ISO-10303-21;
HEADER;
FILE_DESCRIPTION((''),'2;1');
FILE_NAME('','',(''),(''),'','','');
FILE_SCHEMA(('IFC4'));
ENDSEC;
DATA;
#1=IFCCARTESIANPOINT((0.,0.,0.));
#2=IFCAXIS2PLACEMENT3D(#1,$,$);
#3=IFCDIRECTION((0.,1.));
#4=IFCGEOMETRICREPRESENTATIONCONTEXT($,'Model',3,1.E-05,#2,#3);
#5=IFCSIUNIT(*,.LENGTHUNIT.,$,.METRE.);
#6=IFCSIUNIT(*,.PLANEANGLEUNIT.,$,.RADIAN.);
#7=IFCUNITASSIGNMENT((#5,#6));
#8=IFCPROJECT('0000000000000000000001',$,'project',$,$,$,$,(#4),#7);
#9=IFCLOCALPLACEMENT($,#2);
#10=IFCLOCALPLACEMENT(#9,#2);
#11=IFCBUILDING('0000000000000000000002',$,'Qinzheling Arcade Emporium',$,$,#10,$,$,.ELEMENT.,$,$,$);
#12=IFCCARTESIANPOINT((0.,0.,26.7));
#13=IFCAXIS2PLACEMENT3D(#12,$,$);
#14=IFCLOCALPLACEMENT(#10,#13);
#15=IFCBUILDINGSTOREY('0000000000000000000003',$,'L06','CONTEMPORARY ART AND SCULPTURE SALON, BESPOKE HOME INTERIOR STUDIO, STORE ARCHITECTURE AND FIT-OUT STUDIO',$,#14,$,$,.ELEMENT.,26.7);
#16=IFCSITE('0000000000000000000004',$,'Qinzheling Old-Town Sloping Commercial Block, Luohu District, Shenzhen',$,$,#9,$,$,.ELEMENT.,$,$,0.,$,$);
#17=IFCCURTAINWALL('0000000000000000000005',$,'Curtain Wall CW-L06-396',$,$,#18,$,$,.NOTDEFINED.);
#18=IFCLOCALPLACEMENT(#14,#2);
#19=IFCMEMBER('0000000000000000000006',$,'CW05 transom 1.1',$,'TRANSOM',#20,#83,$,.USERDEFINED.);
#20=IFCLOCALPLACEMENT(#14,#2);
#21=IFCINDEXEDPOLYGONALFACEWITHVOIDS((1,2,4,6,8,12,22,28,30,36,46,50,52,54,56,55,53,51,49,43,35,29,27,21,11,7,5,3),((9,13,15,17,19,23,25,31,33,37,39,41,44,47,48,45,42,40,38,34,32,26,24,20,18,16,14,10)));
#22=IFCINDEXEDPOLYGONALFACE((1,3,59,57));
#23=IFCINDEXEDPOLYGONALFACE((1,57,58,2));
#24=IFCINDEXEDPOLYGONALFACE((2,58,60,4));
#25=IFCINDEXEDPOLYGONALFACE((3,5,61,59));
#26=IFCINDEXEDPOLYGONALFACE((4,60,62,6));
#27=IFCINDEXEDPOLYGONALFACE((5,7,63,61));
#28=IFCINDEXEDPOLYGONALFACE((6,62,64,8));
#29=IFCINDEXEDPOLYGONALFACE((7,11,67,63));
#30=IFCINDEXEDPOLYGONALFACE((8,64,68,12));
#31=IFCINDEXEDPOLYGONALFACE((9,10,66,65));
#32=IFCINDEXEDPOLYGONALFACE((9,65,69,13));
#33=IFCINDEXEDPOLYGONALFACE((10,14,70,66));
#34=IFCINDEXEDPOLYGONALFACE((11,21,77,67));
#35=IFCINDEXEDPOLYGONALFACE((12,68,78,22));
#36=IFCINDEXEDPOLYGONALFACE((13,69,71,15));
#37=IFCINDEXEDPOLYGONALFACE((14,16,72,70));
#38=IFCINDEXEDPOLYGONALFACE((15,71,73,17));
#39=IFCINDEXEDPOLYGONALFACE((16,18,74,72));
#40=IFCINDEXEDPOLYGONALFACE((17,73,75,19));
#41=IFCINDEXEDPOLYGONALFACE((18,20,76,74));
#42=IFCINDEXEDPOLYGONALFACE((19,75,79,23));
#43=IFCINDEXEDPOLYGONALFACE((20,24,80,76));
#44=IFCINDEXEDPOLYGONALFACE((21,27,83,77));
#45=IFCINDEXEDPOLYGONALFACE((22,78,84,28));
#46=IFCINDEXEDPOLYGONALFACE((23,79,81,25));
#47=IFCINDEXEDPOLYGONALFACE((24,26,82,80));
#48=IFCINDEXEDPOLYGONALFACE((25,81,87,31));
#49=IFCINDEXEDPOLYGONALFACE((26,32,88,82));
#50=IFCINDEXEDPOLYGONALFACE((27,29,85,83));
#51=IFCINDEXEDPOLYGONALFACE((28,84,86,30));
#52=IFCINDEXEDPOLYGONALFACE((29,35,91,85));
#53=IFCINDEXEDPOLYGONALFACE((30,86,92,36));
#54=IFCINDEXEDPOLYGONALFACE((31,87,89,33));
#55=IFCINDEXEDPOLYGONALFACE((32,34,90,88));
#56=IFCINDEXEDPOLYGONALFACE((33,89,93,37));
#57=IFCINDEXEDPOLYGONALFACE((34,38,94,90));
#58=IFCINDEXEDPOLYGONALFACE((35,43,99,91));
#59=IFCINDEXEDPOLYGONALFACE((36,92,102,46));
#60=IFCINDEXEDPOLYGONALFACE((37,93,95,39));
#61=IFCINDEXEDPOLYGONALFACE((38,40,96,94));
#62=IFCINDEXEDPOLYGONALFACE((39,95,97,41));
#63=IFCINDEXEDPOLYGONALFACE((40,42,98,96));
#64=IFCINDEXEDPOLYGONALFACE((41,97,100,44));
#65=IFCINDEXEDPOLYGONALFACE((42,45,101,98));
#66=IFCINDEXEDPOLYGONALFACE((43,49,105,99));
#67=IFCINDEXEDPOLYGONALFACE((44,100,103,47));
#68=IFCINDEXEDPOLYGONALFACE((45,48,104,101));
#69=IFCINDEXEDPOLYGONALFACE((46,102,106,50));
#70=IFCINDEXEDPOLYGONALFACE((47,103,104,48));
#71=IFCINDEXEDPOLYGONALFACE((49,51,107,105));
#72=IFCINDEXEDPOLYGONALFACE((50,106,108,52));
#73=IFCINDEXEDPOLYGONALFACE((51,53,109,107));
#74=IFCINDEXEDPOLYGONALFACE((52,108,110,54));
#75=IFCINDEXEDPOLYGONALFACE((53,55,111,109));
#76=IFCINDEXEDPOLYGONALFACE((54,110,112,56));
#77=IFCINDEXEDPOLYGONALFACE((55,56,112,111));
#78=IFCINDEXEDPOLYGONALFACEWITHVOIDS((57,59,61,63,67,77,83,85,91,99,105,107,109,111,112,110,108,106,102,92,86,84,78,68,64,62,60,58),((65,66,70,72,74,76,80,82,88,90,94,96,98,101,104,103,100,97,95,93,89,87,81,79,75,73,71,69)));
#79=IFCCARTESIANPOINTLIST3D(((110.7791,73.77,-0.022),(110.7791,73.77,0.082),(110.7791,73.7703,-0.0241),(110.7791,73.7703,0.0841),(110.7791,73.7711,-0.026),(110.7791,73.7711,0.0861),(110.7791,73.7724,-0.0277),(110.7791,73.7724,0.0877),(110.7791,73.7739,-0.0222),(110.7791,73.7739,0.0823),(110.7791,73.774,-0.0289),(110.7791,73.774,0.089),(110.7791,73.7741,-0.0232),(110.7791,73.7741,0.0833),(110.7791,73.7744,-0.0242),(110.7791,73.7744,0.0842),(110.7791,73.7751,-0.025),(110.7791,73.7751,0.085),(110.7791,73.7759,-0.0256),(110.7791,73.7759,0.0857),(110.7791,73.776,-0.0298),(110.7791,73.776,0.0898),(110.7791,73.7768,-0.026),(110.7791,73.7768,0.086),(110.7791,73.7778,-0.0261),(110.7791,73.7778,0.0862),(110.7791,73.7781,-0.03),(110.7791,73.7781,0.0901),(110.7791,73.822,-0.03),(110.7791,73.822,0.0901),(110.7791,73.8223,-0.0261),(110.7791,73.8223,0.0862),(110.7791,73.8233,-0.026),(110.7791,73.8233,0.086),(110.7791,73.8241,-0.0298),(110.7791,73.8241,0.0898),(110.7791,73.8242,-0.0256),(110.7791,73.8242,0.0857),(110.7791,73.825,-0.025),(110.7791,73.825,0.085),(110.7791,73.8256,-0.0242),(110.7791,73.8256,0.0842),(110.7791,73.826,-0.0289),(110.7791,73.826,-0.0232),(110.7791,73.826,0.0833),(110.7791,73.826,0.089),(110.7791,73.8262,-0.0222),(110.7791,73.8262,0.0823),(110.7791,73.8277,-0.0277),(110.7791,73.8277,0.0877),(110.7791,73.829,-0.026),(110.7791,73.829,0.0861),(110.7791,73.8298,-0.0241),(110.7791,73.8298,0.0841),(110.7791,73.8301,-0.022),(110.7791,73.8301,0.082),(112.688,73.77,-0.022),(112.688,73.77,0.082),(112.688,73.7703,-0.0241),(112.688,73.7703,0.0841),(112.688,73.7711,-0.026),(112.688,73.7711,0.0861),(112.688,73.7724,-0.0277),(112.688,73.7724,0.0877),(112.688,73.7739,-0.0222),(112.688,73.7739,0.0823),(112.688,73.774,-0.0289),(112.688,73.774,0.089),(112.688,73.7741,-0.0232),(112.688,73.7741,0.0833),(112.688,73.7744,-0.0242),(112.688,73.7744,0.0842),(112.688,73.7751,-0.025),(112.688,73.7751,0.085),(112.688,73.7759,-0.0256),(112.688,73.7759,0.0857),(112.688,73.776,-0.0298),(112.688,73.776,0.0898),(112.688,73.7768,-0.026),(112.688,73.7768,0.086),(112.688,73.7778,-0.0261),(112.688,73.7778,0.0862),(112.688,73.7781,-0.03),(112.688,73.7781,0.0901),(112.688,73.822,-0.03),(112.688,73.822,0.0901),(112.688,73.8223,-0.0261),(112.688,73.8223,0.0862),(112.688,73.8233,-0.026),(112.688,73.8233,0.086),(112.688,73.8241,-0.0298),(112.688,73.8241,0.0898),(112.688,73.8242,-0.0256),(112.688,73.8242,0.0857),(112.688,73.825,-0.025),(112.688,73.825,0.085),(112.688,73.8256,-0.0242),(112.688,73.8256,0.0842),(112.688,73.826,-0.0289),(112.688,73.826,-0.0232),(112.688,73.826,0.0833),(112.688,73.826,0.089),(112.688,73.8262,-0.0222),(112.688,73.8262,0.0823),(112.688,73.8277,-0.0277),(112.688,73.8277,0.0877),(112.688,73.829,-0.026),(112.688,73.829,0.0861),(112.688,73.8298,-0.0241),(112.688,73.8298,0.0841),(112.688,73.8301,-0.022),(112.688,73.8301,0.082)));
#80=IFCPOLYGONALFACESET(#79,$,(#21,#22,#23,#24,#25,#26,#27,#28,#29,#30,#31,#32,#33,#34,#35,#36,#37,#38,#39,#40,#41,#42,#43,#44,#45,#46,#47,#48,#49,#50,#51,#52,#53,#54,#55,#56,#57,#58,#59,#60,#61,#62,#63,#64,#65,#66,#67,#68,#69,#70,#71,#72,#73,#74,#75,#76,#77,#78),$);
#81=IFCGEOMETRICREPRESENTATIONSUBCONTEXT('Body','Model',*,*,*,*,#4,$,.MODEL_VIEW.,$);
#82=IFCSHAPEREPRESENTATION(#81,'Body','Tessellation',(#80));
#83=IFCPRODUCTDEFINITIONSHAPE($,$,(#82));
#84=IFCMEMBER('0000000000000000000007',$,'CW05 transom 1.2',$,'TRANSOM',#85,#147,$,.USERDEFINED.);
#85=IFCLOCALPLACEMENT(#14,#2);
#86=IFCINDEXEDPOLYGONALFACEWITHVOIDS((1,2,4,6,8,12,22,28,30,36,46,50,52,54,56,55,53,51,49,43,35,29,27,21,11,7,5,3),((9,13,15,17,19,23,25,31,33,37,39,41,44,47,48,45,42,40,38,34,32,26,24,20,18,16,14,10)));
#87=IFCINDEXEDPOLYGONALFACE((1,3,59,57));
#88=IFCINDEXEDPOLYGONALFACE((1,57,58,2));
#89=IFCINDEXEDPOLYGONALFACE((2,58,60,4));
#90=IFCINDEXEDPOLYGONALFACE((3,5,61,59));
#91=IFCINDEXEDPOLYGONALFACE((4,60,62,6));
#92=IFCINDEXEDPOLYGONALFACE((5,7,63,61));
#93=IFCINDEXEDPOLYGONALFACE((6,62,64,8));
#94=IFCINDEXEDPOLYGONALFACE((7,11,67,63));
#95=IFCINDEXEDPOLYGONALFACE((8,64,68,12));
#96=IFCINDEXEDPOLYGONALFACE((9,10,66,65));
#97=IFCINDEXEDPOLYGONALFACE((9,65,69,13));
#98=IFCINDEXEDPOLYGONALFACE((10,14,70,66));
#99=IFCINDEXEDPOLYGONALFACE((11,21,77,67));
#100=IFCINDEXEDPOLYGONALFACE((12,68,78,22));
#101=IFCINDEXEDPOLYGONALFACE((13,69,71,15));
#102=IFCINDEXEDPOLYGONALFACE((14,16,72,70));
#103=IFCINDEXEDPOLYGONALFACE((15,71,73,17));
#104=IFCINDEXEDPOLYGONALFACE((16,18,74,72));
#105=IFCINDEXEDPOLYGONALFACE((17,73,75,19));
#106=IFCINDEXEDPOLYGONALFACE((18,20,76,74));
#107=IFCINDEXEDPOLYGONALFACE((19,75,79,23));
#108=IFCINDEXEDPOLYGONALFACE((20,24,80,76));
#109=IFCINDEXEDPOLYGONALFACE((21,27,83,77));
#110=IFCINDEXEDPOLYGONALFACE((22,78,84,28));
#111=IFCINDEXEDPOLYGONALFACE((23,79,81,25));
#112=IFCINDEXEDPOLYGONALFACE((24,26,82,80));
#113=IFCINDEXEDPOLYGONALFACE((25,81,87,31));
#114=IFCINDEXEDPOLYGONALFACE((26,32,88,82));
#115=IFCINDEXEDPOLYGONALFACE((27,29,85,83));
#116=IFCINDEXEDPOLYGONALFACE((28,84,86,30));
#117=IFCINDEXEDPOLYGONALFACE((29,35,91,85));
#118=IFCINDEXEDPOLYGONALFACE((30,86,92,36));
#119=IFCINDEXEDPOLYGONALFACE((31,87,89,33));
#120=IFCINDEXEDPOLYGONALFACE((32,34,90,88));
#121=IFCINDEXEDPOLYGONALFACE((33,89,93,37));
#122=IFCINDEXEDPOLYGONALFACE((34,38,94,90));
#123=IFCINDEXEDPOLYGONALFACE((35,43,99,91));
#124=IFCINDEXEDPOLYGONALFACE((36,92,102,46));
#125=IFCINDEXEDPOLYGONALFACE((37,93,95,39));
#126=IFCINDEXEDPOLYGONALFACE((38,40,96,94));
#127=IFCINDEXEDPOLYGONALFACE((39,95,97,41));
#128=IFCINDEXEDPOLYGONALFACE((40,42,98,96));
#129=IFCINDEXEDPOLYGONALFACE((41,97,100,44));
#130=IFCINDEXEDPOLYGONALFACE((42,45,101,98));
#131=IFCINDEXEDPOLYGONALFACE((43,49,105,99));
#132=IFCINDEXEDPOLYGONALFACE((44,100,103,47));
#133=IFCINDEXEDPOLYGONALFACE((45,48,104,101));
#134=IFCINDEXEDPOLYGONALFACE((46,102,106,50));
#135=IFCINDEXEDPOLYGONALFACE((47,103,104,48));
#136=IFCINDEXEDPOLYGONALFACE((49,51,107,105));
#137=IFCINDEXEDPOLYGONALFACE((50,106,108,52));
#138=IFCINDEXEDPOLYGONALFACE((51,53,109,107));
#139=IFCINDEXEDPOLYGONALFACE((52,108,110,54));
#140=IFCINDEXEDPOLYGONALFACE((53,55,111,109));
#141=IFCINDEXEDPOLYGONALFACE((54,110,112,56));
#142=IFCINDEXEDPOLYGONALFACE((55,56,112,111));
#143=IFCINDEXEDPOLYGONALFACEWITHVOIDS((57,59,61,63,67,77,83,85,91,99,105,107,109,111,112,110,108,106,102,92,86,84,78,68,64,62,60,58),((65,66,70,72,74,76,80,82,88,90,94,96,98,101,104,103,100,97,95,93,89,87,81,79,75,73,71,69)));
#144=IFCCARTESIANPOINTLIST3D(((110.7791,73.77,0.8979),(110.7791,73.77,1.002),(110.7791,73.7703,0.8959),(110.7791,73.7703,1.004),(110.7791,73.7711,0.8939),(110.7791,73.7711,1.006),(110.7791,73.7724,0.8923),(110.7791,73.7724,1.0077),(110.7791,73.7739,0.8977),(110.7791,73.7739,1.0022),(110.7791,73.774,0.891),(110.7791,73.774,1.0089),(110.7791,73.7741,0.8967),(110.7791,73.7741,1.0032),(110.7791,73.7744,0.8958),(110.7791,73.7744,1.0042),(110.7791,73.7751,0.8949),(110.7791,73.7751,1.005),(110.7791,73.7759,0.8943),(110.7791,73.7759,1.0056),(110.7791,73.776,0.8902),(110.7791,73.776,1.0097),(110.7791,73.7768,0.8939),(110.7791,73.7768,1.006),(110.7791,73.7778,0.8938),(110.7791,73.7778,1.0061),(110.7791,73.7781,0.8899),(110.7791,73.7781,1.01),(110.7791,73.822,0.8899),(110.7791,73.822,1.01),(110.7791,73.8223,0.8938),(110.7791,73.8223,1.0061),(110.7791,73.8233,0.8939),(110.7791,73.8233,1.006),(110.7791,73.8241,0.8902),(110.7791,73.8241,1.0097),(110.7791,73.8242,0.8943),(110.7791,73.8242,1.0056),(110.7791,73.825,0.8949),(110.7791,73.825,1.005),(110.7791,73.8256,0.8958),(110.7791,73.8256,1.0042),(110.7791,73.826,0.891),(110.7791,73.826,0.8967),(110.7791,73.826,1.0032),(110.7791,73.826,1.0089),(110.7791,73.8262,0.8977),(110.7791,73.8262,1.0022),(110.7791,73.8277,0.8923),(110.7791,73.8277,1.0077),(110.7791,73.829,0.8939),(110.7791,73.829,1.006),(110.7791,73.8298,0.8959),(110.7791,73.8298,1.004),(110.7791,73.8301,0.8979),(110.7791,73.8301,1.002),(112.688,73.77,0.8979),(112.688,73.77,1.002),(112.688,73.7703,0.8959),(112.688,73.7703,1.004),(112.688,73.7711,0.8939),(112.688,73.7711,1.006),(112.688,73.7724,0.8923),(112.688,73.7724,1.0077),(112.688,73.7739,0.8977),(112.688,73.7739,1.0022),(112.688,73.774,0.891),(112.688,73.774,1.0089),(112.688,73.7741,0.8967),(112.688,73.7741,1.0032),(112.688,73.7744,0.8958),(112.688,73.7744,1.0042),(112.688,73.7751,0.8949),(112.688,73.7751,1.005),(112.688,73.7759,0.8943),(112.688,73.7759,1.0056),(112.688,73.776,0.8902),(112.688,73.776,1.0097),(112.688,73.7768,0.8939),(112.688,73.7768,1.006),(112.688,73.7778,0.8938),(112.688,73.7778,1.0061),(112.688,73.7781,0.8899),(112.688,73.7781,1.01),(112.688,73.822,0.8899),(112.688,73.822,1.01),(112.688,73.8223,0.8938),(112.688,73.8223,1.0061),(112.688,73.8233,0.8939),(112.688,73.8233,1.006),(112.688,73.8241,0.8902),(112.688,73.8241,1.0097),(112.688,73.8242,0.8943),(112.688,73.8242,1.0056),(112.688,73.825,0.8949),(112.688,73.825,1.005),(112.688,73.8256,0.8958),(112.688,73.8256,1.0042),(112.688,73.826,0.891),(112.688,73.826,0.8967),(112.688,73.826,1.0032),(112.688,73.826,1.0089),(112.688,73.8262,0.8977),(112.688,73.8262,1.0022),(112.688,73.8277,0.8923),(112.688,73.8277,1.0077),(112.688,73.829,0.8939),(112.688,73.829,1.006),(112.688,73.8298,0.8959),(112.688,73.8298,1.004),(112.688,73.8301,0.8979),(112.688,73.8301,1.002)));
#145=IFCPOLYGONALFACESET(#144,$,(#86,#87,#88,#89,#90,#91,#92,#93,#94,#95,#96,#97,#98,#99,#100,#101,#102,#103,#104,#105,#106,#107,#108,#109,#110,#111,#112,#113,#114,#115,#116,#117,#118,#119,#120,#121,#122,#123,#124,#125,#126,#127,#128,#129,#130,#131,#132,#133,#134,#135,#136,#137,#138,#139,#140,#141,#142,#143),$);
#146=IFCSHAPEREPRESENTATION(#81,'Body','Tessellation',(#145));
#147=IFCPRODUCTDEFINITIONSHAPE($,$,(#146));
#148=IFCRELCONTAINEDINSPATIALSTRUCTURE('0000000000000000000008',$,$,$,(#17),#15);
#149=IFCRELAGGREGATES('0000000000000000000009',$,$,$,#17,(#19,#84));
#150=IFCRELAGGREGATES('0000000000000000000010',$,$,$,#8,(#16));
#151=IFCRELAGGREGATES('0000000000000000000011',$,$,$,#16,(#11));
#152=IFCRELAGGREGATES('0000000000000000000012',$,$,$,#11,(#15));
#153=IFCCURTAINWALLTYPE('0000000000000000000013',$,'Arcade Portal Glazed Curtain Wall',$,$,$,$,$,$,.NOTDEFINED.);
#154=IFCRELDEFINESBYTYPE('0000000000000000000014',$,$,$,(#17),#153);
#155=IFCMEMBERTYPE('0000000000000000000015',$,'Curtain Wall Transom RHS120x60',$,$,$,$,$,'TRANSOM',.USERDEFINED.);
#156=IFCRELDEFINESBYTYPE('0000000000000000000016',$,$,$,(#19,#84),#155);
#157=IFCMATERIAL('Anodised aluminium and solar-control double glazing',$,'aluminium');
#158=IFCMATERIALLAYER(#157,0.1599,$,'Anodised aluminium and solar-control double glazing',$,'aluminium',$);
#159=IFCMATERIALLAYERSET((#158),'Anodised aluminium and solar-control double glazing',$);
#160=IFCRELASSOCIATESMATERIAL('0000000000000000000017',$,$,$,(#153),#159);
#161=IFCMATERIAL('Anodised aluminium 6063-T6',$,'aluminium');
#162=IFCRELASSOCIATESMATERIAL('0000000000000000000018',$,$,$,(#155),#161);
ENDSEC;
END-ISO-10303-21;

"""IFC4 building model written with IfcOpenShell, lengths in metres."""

from ifc_helpers import new_model, si_unit, direction, frame, origin, origin_2d, place, context, subcontext, project, spatial, hollow_rectangle, extrude, material, layer, layer_set, material_profile, profile_set, type_object, element, aggregate, save


model = new_model("IFC4")

# Units and contexts
model_context = context("Model", 3, precision=1e-05, world=origin(), true_north=direction((0.0, 1.0)))
body_context = subcontext(model_context, "Body", "Model", "MODEL_VIEW")
ifc_project = project(units=[si_unit("LENGTHUNIT", "METRE"), si_unit("PLANEANGLEUNIT", "RADIAN")], contexts=[model_context])

# Site, building, storey
site_placement = place(None, origin())
site = spatial("IfcSite", under=ifc_project, at=site_placement, Name="Qinzheling Old-Town Sloping Commercial Block, Luohu District, Shenzhen", CompositionType="ELEMENT", RefElevation=0.0)
building_placement = place(site_placement, origin())
building = spatial("IfcBuilding", under=site, at=building_placement, Name="Qinzheling Arcade Emporium", CompositionType="ELEMENT")
storey_placement = place(building_placement, frame((0.0, 0.0, 26.7)))
storey = spatial("IfcBuildingStorey", under=building, at=storey_placement, Name="L06", Description="CONTEMPORARY ART AND SCULPTURE SALON, BESPOKE HOME INTERIOR STUDIO, STORE ARCHITECTURE AND FIT-OUT STUDIO", CompositionType="ELEMENT", Elevation=26.7)

# Shared definitions
ifc_material_1 = material(Name="Anodised aluminium and solar-control double glazing", Category="aluminium")
ifc_layer_1 = layer(ifc_material_1, 0.1599, Name="Anodised aluminium and solar-control double glazing", Category="aluminium")
ifc_layer_set_1 = layer_set([ifc_layer_1], Name="Anodised aluminium and solar-control double glazing")
curtain_wall_type = type_object("IfcCurtainWallType", Name="Arcade Portal Glazed Curtain Wall", PredefinedType="NOTDEFINED", material=ifc_layer_set_1)
ifc_material_2 = material(Name="Anodised aluminium 6063-T6", Category="aluminium")

# Curtain wall
curtain_wall_1_placement = place(storey_placement, origin())
curtain_wall_1 = element("IfcCurtainWall", 1, at=curtain_wall_1_placement, inside=storey, type_object=curtain_wall_type, Name="Curtain Wall CW-L06-396", PredefinedType="NOTDEFINED")

# Members
ifc_material_profile_1 = material_profile(ifc_material_2, hollow_rectangle(XDim=0.0601, YDim=0.1201, WallThickness=0.0039, InnerFilletRadius=0.0039, OuterFilletRadius=0.0081, at=origin_2d()), Name="RHS 120x60x4", Category="aluminium")
ifc_profile_set_1 = profile_set([ifc_material_profile_1], Name="Anodised aluminium 6063-T6")
member_type_1 = type_object("IfcMemberType", Name="Curtain Wall Transom RHS120x60", ElementType="TRANSOM", PredefinedType="USERDEFINED", material=ifc_profile_set_1)
member_1_placement = place(storey_placement, frame((112.688, 73.8, 0.03), z_axis=(-1.0, 0.0, 0.0), x_axis=(0.0, -1.0, 0.0)))
member_1 = element("IfcMember", 2, at=member_1_placement, type_object=member_type_1, Name="CW05 transom 1.1", ObjectType="TRANSOM", PredefinedType="USERDEFINED", context=body_context, shape_type="SweptSolid", body=[
    extrude(hollow_rectangle(XDim=0.0601, YDim=0.1201, WallThickness=0.0039, InnerFilletRadius=0.0039, OuterFilletRadius=0.0081, at=origin_2d()), origin(), (0.0, 0.0, 1.0), 1.9089),
])
member_2_placement = place(storey_placement, frame((112.688, 73.8, 0.95), z_axis=(-1.0, 0.0, 0.0), x_axis=(0.0, -1.0, 0.0)))
member_2 = element("IfcMember", 3, at=member_2_placement, type_object=member_type_1, Name="CW05 transom 1.2", ObjectType="TRANSOM", PredefinedType="USERDEFINED", context=body_context, shape_type="SweptSolid", body=[
    extrude(hollow_rectangle(XDim=0.0601, YDim=0.1201, WallThickness=0.0039, InnerFilletRadius=0.0039, OuterFilletRadius=0.0081, at=origin_2d()), origin(), (0.0, 0.0, 1.0), 1.9089),
])

aggregate(curtain_wall_1, [member_1, member_2])

save(model, "model.ifc")
